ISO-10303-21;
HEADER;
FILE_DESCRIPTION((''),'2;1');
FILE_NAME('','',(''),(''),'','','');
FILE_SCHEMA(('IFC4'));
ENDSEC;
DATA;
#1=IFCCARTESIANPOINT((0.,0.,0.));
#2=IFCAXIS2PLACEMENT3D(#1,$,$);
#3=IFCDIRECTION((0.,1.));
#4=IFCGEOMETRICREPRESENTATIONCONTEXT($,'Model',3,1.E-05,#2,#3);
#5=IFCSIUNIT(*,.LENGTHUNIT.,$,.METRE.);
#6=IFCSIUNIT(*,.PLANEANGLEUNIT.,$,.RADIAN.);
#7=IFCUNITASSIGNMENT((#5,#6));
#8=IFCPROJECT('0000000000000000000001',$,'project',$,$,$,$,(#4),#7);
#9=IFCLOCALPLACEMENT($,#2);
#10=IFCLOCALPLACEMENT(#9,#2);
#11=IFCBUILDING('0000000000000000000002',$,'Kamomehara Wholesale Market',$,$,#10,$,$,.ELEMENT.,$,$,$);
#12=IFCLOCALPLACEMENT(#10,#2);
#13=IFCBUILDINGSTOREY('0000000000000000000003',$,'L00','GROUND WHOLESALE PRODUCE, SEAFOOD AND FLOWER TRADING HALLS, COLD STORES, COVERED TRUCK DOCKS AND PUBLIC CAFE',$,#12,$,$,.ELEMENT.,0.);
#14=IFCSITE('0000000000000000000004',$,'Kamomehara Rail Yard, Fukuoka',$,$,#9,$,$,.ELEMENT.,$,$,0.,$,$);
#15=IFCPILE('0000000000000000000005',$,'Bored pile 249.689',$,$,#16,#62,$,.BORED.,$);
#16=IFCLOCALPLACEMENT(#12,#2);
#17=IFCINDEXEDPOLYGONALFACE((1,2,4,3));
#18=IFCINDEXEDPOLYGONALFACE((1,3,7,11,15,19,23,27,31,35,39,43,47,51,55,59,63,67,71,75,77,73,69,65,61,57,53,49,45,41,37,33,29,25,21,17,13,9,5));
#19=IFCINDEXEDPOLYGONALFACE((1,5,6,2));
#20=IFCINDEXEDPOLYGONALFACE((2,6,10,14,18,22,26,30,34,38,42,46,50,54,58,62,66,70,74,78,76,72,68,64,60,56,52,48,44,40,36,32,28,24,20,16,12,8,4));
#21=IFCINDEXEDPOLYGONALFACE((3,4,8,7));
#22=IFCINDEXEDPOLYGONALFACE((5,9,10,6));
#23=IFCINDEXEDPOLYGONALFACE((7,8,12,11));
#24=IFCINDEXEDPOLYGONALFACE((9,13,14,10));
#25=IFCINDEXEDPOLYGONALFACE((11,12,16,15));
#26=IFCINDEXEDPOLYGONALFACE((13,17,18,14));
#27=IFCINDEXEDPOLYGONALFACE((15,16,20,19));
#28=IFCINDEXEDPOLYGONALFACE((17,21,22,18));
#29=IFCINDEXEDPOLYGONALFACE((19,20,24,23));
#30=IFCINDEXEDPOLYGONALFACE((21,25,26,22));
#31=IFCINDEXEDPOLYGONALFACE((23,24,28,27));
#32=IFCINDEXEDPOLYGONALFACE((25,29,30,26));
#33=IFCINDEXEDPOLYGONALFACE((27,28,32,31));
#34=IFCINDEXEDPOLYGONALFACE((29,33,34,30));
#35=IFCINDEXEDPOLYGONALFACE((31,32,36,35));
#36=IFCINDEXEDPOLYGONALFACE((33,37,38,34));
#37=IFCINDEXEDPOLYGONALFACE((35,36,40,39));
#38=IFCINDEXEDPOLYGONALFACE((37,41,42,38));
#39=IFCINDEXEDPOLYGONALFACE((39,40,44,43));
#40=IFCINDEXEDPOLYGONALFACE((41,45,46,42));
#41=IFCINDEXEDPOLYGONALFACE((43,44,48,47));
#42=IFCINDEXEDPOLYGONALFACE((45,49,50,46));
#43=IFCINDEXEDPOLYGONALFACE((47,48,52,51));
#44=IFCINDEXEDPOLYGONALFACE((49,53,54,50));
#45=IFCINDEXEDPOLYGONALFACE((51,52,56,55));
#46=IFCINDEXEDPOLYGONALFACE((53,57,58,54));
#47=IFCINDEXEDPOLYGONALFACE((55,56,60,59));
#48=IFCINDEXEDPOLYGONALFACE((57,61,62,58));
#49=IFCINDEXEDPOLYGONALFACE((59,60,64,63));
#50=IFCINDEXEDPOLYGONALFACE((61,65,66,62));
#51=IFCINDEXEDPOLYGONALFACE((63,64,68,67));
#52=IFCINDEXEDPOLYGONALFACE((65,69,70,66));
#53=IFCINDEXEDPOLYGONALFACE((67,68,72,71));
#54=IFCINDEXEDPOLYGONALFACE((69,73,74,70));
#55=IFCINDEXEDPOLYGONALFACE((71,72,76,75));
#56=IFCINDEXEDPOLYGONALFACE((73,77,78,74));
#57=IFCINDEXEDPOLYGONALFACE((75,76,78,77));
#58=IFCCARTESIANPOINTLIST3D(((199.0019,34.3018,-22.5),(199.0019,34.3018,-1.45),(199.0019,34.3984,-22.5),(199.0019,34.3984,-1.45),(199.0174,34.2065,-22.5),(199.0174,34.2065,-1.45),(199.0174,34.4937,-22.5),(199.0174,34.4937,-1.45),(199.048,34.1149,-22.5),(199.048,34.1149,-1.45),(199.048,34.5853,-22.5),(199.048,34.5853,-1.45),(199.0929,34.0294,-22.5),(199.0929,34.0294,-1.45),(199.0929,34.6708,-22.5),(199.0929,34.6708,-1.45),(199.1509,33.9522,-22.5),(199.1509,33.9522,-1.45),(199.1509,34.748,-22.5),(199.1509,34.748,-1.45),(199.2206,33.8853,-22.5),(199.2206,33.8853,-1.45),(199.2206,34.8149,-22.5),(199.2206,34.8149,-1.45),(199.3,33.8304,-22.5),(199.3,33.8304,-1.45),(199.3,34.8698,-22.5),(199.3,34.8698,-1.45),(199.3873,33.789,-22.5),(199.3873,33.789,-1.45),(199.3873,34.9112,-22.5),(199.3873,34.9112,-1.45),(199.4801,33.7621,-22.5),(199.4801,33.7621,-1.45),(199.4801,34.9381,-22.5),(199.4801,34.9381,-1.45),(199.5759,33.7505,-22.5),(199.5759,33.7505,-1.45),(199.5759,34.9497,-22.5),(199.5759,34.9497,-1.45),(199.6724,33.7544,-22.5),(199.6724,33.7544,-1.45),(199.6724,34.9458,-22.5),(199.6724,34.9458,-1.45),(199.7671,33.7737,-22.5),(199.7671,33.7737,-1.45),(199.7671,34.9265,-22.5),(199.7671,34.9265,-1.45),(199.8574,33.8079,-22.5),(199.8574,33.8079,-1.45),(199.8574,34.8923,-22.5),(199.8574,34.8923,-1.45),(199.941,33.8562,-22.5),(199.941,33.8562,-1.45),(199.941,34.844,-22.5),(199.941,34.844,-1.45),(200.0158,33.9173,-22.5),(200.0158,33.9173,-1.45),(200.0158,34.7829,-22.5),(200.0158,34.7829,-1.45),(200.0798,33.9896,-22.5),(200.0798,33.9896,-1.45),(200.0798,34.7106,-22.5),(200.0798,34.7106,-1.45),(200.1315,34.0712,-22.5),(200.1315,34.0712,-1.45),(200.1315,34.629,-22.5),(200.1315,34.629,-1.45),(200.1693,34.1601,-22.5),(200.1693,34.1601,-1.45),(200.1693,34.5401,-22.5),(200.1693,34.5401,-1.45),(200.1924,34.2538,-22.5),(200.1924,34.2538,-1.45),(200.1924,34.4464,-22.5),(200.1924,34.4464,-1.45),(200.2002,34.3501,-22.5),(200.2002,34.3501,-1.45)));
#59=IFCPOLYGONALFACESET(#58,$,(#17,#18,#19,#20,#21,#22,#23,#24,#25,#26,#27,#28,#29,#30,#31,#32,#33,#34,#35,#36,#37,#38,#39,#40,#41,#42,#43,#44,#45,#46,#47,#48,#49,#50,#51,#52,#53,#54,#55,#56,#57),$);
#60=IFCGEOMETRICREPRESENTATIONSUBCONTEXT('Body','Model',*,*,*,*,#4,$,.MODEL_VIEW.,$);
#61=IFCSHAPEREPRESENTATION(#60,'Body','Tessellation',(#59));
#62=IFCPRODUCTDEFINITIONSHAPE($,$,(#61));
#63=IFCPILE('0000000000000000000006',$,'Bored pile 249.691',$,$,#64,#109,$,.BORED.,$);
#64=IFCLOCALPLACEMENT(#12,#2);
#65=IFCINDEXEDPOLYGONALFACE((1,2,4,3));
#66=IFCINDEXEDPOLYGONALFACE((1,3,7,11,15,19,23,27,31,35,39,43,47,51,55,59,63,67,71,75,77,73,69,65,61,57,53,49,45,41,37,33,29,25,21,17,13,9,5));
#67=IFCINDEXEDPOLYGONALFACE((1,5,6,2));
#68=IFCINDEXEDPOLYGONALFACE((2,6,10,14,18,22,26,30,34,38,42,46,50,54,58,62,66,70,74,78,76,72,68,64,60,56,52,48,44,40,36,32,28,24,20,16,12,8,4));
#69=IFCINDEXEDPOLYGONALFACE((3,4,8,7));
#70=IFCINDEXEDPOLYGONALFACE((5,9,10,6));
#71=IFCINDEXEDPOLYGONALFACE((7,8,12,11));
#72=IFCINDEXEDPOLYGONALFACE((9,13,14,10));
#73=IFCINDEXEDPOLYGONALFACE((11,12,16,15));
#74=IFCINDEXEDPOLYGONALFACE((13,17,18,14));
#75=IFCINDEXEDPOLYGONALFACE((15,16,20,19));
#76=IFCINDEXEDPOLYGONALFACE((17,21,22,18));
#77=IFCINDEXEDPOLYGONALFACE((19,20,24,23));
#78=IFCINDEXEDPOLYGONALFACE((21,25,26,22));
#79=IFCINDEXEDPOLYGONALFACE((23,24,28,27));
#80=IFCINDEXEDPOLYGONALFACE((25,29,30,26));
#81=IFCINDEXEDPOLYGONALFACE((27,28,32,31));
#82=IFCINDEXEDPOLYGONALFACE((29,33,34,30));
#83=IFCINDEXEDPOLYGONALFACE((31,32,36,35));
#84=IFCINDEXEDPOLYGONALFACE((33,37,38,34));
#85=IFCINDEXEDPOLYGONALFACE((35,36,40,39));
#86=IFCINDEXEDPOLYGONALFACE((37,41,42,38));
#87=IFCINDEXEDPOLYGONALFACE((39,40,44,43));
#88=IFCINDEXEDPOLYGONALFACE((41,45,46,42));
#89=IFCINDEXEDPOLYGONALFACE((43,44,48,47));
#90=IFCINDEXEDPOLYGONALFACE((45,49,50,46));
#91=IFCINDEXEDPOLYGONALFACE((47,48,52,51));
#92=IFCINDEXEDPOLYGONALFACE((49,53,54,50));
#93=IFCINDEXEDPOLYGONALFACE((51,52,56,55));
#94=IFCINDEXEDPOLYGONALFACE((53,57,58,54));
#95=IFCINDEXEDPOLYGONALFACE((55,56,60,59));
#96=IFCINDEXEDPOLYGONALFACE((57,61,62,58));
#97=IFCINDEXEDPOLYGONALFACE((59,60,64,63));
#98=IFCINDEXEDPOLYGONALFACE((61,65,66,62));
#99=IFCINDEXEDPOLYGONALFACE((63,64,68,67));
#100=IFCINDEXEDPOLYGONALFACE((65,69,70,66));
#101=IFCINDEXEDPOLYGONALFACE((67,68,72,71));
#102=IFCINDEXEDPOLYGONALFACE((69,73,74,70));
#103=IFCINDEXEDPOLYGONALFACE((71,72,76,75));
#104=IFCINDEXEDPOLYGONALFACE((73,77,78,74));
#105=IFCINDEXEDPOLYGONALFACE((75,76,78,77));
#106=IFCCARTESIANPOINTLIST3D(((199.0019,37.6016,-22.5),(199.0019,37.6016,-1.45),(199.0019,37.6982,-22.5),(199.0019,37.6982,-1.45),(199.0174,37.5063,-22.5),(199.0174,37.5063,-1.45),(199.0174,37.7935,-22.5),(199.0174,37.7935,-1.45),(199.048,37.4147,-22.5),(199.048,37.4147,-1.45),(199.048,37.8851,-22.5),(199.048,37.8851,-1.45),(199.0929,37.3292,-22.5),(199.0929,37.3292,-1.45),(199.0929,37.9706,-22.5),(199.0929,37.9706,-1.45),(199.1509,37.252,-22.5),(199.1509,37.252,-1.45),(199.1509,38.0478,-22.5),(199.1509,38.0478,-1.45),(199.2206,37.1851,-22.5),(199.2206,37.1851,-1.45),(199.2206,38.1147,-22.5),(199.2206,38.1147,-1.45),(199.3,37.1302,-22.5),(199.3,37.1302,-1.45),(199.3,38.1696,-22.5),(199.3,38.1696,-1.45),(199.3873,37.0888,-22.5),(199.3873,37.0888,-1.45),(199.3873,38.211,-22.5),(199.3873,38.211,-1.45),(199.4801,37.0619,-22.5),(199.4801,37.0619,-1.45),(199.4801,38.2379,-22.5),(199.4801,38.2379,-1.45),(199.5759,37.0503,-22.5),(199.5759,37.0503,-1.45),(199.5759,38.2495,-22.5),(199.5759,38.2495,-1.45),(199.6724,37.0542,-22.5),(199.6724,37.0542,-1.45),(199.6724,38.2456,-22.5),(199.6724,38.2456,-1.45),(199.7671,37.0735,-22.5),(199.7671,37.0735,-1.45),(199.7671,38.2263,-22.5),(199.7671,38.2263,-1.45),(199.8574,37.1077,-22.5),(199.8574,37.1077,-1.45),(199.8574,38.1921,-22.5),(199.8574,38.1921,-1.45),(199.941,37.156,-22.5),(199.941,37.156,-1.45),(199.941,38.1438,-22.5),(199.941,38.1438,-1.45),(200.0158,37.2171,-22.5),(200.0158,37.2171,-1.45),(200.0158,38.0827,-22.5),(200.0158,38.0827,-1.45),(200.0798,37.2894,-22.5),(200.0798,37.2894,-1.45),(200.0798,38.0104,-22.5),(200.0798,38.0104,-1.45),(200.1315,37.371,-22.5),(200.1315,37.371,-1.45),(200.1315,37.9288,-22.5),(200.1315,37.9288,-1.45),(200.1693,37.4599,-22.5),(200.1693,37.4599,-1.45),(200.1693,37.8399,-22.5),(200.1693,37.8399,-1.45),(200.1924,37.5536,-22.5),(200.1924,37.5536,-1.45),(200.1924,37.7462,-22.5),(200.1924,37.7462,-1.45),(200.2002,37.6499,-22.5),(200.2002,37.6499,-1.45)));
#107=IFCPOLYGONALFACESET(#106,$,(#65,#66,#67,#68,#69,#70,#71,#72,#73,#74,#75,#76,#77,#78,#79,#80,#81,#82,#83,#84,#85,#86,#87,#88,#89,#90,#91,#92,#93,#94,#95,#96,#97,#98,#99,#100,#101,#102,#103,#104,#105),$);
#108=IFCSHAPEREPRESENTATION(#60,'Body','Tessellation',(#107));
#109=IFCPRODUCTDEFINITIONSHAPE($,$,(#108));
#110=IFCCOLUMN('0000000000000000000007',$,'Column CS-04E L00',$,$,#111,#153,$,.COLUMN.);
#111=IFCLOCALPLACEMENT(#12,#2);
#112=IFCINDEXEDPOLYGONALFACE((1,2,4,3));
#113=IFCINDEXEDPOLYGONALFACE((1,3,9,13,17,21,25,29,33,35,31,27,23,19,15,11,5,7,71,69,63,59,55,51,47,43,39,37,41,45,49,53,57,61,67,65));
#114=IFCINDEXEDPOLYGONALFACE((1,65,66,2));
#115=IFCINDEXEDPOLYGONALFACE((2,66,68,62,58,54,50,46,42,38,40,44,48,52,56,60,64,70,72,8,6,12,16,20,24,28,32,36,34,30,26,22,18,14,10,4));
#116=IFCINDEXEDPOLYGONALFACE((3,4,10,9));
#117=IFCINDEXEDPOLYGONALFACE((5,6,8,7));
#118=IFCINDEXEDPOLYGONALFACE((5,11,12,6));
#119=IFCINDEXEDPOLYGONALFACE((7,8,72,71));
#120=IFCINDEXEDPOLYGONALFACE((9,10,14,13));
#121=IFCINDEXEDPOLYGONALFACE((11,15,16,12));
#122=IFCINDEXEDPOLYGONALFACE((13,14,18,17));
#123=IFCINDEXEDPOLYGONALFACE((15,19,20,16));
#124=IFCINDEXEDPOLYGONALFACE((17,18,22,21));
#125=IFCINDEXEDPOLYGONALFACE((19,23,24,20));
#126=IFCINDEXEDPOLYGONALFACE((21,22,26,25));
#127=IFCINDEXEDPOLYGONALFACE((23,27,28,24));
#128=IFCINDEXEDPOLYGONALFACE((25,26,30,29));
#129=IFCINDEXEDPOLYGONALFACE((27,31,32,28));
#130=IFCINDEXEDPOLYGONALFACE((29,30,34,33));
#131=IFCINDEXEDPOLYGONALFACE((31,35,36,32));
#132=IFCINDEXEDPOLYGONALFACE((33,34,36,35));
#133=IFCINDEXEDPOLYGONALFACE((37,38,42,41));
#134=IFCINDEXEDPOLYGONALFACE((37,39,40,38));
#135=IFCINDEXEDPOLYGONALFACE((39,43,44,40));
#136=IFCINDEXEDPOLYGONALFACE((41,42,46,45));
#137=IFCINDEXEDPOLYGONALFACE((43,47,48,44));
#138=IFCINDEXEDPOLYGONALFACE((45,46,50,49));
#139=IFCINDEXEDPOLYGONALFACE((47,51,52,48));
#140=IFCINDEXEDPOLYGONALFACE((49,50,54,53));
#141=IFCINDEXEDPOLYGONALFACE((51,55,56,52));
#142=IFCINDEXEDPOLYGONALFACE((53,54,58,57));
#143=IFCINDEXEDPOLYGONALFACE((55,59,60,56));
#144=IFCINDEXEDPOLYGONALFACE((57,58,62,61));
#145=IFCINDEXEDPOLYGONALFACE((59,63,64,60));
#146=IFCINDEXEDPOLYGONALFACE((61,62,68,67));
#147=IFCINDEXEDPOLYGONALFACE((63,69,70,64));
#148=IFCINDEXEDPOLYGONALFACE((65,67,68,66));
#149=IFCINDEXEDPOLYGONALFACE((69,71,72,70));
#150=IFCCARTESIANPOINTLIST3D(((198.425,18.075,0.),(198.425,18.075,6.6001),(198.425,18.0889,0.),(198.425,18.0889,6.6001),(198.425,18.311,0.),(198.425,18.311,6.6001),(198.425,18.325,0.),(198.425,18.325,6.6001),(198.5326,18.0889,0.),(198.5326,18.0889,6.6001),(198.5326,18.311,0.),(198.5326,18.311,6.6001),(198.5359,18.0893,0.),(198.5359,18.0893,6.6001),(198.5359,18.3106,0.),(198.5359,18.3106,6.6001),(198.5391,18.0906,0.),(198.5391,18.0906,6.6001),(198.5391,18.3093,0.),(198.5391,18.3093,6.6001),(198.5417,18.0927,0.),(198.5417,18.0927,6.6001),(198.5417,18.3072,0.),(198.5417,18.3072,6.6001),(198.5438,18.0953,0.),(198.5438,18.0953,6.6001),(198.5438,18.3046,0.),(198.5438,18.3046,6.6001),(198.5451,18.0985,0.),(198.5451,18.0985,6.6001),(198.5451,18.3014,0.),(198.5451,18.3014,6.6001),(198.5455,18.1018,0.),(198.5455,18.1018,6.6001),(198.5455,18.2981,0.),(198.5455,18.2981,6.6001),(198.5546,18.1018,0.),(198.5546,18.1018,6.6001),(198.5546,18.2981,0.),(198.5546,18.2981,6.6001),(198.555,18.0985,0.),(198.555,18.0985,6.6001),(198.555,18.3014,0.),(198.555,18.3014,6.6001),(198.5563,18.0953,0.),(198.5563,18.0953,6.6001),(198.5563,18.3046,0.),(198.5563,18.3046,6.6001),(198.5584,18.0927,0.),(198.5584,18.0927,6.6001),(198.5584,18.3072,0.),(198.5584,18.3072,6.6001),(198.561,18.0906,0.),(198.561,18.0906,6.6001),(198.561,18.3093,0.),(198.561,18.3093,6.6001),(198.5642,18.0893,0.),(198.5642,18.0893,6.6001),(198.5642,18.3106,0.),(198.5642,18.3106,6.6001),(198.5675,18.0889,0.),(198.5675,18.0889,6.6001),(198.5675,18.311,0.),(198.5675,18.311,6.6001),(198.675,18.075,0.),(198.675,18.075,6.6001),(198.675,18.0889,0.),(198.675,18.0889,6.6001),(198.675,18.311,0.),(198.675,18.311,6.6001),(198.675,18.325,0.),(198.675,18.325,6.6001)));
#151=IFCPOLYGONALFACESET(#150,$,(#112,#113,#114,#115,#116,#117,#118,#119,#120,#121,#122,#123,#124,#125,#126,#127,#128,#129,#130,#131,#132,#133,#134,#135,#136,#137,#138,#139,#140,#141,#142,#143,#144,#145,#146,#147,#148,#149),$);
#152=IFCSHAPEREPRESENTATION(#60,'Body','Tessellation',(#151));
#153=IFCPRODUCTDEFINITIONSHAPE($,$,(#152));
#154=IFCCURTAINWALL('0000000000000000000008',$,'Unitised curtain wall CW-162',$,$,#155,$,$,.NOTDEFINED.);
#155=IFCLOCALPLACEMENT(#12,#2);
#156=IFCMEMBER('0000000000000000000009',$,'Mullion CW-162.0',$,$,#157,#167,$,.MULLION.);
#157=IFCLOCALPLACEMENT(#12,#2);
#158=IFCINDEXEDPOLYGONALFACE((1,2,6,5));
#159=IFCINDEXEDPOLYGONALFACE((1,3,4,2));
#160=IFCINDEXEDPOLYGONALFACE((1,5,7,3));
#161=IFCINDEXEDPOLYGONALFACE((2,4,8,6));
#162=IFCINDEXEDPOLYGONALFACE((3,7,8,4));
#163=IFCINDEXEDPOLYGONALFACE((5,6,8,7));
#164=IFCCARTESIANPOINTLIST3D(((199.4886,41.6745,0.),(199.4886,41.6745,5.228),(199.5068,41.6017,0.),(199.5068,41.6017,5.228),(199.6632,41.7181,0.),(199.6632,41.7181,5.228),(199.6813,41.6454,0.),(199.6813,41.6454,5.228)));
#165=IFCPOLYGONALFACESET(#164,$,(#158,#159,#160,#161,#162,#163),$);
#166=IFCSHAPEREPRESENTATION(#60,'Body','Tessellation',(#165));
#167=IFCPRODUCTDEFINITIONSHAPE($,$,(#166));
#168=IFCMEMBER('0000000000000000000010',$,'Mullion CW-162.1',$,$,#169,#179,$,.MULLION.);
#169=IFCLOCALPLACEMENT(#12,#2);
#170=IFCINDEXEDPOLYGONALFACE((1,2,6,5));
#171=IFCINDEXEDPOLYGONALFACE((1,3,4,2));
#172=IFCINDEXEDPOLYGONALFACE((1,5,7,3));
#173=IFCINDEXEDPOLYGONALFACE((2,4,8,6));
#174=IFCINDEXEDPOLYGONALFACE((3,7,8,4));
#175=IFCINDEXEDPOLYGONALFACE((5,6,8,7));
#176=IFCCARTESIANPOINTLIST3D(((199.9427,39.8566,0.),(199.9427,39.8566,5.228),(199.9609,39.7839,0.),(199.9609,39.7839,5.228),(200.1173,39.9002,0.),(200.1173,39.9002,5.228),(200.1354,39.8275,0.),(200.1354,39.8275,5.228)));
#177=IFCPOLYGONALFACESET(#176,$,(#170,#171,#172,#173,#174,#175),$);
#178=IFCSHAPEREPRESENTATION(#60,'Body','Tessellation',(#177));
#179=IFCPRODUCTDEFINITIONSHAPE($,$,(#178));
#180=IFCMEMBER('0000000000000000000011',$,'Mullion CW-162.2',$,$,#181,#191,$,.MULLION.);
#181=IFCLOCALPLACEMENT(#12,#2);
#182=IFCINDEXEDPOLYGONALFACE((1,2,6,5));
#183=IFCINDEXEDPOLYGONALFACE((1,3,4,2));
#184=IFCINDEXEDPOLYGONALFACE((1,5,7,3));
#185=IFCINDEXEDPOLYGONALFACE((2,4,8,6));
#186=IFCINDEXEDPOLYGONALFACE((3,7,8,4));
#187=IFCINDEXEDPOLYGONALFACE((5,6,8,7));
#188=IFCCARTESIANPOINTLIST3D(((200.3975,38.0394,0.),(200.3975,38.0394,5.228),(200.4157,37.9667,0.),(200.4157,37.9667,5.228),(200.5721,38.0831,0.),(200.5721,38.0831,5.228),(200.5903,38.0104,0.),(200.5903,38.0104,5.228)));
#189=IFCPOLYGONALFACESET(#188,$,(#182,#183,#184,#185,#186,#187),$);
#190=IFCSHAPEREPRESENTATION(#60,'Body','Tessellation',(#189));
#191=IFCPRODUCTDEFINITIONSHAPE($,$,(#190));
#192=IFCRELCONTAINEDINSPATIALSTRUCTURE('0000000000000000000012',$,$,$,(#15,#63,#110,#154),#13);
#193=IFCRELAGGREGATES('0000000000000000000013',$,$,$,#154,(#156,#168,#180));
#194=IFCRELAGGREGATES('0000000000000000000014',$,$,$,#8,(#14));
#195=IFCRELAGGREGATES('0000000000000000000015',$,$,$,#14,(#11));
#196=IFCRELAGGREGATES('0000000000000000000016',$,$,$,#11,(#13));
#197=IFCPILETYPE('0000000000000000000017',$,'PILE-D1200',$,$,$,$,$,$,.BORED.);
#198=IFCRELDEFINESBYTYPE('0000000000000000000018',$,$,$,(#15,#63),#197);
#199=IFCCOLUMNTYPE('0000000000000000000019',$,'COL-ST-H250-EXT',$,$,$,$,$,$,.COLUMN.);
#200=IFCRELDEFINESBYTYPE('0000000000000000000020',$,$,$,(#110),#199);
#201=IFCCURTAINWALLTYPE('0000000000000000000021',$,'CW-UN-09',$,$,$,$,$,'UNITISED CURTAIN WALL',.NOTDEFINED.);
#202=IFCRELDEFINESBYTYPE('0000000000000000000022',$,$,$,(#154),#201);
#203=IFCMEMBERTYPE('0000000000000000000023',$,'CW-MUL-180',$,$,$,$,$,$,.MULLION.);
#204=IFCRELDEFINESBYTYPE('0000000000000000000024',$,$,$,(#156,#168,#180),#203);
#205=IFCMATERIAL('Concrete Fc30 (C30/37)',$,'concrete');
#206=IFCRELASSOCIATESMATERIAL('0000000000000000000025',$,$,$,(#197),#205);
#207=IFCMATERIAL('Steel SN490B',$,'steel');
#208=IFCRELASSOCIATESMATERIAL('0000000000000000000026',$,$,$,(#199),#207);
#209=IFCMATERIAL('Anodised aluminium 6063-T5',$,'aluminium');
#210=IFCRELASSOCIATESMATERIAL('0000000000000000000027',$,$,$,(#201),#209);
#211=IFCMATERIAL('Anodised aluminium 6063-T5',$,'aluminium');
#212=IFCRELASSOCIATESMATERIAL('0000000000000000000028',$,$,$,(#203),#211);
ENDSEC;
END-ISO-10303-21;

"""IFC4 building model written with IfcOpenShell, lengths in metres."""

from ifc_helpers import new_model, si_unit, direction, frame, origin, origin_2d, place, context, subcontext, project, spatial, rectangle, circle, i_section, extrude, material, material_profile, profile_set, type_object, element, aggregate, save


model = new_model("IFC4")

# Units and contexts
model_context = context("Model", 3, precision=1e-05, world=origin(), true_north=direction((0.0, 1.0)))
body_context = subcontext(model_context, "Body", "Model", "MODEL_VIEW")
ifc_project = project(units=[si_unit("LENGTHUNIT", "METRE"), si_unit("PLANEANGLEUNIT", "RADIAN")], contexts=[model_context])

# Site, building, storey
site_placement = place(None, origin())
site = spatial("IfcSite", under=ifc_project, at=site_placement, Name="Kamomehara Rail Yard, Fukuoka", CompositionType="ELEMENT", RefElevation=0.0)
building_placement = place(site_placement, origin())
building = spatial("IfcBuilding", under=site, at=building_placement, Name="Kamomehara Wholesale Market", CompositionType="ELEMENT")
storey_placement = place(building_placement, origin())
storey = spatial("IfcBuildingStorey", under=building, at=storey_placement, Name="L00", Description="GROUND WHOLESALE PRODUCE, SEAFOOD AND FLOWER TRADING HALLS, COLD STORES, COVERED TRUCK DOCKS AND PUBLIC CAFE", CompositionType="ELEMENT", Elevation=0.0)

# Piles
ifc_material_1 = material(Name="Concrete Fc30 (C30/37)", Category="concrete")
ifc_material_profile_1 = material_profile(ifc_material_1, circle(Radius=0.6001, at=origin_2d()), Name="RC-PILE-D1200")
ifc_profile_set_1 = profile_set([ifc_material_profile_1], Name="Concrete Fc30 (C30/37)")
pile_type_1 = type_object("IfcPileType", Name="PILE-D1200", PredefinedType="BORED", material=ifc_profile_set_1)
for number, where, z_axis, x_axis, name in (
    (1, (199.6001, 34.3501, -1.45), (0.0, 0.0, -1.0), (1.0, 0.0, 0.0), "Bored pile 249.689"),
    (2, (199.6001, 37.6499, -1.45), (0.0, 0.0, -1.0), (1.0, 0.0, 0.0), "Bored pile 249.691"),
):
    element("IfcPile", number, at=place(storey_placement, frame(where, z_axis=z_axis, x_axis=x_axis)), inside=storey, type_object=pile_type_1, Name=name, PredefinedType="BORED", context=body_context, shape_type="SweptSolid", body=[
        extrude(circle(Radius=0.6001, at=origin_2d()), origin(), (0.0, 0.0, 1.0), 21.05),
    ])

# Column
ifc_material_2 = material(Name="Steel SN490B", Category="steel")
ifc_material_profile_2 = material_profile(ifc_material_2, i_section(OverallWidth=0.25, OverallDepth=0.25, WebThickness=0.009, FlangeThickness=0.0139, FilletRadius=0.0129, at=origin_2d()), Name="H-250x250x9x14")
ifc_profile_set_2 = profile_set([ifc_material_profile_2], Name="Steel SN490B")
column_type = type_object("IfcColumnType", Name="COL-ST-H250-EXT", PredefinedType="COLUMN", material=ifc_profile_set_2)
column_placement = place(storey_placement, frame((198.55, 18.2, 0.0), z_axis=(0.0, 0.0, 1.0), x_axis=(1.0, 0.0, 0.0)))
element("IfcColumn", 3, at=column_placement, inside=storey, type_object=column_type, Name="Column CS-04E L00", PredefinedType="COLUMN", context=body_context, shape_type="SweptSolid", body=[
    extrude(i_section(OverallWidth=0.25, OverallDepth=0.25, WebThickness=0.009, FlangeThickness=0.0139, FilletRadius=0.0129, at=origin_2d()), origin(), (0.0, 0.0, 1.0), 6.6001),
])

# Curtain wall, members
ifc_material_3 = material(Name="Anodised aluminium 6063-T5", Category="aluminium")
curtain_wall_type = type_object("IfcCurtainWallType", Name="CW-UN-09", ElementType="UNITISED CURTAIN WALL", PredefinedType="NOTDEFINED", material=ifc_material_3)
curtain_wall_placement = place(storey_placement, origin())
curtain_wall = element("IfcCurtainWall", 4, at=curtain_wall_placement, inside=storey, type_object=curtain_wall_type, Name="Unitised curtain wall CW-162", PredefinedType="NOTDEFINED")
ifc_material_4 = material(Name="Anodised aluminium 6063-T5", Category="aluminium")
ifc_material_profile_3 = material_profile(ifc_material_4, rectangle(XDim=0.075, YDim=0.1799, at=origin_2d()), Name="ALU-MUL-75x180")
ifc_profile_set_3 = profile_set([ifc_material_profile_3], Name="Anodised aluminium 6063-T5")
member_type_1 = type_object("IfcMemberType", Name="CW-MUL-180", PredefinedType="MULLION", material=ifc_profile_set_3)
member_1_placement = place(storey_placement, frame((199.585, 41.6599, 0.0), z_axis=(0.0, 0.0, 1.0), x_axis=(0.242494, -0.970153, 0.0)))
member_1 = element("IfcMember", 5, at=member_1_placement, type_object=member_type_1, Name="Mullion CW-162.0", PredefinedType="MULLION", context=body_context, shape_type="SweptSolid", body=[
    extrude(rectangle(XDim=0.075, YDim=0.1799, at=origin_2d()), origin(), (0.0, 0.0, 1.0), 5.228),
])
member_2_placement = place(storey_placement, frame((200.0391, 39.842, 0.0), z_axis=(0.0, 0.0, 1.0), x_axis=(0.242494, -0.970153, 0.0)))
member_2 = element("IfcMember", 6, at=member_2_placement, type_object=member_type_1, Name="Mullion CW-162.1", PredefinedType="MULLION", context=body_context, shape_type="SweptSolid", body=[
    extrude(rectangle(XDim=0.075, YDim=0.1799, at=origin_2d()), origin(), (0.0, 0.0, 1.0), 5.228),
])
member_3_placement = place(storey_placement, frame((200.4939, 38.0249, 0.0), z_axis=(0.0, 0.0, 1.0), x_axis=(0.242494, -0.970153, 0.0)))
member_3 = element("IfcMember", 7, at=member_3_placement, type_object=member_type_1, Name="Mullion CW-162.2", PredefinedType="MULLION", context=body_context, shape_type="SweptSolid", body=[
    extrude(rectangle(XDim=0.075, YDim=0.1799, at=origin_2d()), origin(), (0.0, 0.0, 1.0), 5.228),
])
aggregate(curtain_wall, [member_1, member_2, member_3])

save(model, "model.ifc")
